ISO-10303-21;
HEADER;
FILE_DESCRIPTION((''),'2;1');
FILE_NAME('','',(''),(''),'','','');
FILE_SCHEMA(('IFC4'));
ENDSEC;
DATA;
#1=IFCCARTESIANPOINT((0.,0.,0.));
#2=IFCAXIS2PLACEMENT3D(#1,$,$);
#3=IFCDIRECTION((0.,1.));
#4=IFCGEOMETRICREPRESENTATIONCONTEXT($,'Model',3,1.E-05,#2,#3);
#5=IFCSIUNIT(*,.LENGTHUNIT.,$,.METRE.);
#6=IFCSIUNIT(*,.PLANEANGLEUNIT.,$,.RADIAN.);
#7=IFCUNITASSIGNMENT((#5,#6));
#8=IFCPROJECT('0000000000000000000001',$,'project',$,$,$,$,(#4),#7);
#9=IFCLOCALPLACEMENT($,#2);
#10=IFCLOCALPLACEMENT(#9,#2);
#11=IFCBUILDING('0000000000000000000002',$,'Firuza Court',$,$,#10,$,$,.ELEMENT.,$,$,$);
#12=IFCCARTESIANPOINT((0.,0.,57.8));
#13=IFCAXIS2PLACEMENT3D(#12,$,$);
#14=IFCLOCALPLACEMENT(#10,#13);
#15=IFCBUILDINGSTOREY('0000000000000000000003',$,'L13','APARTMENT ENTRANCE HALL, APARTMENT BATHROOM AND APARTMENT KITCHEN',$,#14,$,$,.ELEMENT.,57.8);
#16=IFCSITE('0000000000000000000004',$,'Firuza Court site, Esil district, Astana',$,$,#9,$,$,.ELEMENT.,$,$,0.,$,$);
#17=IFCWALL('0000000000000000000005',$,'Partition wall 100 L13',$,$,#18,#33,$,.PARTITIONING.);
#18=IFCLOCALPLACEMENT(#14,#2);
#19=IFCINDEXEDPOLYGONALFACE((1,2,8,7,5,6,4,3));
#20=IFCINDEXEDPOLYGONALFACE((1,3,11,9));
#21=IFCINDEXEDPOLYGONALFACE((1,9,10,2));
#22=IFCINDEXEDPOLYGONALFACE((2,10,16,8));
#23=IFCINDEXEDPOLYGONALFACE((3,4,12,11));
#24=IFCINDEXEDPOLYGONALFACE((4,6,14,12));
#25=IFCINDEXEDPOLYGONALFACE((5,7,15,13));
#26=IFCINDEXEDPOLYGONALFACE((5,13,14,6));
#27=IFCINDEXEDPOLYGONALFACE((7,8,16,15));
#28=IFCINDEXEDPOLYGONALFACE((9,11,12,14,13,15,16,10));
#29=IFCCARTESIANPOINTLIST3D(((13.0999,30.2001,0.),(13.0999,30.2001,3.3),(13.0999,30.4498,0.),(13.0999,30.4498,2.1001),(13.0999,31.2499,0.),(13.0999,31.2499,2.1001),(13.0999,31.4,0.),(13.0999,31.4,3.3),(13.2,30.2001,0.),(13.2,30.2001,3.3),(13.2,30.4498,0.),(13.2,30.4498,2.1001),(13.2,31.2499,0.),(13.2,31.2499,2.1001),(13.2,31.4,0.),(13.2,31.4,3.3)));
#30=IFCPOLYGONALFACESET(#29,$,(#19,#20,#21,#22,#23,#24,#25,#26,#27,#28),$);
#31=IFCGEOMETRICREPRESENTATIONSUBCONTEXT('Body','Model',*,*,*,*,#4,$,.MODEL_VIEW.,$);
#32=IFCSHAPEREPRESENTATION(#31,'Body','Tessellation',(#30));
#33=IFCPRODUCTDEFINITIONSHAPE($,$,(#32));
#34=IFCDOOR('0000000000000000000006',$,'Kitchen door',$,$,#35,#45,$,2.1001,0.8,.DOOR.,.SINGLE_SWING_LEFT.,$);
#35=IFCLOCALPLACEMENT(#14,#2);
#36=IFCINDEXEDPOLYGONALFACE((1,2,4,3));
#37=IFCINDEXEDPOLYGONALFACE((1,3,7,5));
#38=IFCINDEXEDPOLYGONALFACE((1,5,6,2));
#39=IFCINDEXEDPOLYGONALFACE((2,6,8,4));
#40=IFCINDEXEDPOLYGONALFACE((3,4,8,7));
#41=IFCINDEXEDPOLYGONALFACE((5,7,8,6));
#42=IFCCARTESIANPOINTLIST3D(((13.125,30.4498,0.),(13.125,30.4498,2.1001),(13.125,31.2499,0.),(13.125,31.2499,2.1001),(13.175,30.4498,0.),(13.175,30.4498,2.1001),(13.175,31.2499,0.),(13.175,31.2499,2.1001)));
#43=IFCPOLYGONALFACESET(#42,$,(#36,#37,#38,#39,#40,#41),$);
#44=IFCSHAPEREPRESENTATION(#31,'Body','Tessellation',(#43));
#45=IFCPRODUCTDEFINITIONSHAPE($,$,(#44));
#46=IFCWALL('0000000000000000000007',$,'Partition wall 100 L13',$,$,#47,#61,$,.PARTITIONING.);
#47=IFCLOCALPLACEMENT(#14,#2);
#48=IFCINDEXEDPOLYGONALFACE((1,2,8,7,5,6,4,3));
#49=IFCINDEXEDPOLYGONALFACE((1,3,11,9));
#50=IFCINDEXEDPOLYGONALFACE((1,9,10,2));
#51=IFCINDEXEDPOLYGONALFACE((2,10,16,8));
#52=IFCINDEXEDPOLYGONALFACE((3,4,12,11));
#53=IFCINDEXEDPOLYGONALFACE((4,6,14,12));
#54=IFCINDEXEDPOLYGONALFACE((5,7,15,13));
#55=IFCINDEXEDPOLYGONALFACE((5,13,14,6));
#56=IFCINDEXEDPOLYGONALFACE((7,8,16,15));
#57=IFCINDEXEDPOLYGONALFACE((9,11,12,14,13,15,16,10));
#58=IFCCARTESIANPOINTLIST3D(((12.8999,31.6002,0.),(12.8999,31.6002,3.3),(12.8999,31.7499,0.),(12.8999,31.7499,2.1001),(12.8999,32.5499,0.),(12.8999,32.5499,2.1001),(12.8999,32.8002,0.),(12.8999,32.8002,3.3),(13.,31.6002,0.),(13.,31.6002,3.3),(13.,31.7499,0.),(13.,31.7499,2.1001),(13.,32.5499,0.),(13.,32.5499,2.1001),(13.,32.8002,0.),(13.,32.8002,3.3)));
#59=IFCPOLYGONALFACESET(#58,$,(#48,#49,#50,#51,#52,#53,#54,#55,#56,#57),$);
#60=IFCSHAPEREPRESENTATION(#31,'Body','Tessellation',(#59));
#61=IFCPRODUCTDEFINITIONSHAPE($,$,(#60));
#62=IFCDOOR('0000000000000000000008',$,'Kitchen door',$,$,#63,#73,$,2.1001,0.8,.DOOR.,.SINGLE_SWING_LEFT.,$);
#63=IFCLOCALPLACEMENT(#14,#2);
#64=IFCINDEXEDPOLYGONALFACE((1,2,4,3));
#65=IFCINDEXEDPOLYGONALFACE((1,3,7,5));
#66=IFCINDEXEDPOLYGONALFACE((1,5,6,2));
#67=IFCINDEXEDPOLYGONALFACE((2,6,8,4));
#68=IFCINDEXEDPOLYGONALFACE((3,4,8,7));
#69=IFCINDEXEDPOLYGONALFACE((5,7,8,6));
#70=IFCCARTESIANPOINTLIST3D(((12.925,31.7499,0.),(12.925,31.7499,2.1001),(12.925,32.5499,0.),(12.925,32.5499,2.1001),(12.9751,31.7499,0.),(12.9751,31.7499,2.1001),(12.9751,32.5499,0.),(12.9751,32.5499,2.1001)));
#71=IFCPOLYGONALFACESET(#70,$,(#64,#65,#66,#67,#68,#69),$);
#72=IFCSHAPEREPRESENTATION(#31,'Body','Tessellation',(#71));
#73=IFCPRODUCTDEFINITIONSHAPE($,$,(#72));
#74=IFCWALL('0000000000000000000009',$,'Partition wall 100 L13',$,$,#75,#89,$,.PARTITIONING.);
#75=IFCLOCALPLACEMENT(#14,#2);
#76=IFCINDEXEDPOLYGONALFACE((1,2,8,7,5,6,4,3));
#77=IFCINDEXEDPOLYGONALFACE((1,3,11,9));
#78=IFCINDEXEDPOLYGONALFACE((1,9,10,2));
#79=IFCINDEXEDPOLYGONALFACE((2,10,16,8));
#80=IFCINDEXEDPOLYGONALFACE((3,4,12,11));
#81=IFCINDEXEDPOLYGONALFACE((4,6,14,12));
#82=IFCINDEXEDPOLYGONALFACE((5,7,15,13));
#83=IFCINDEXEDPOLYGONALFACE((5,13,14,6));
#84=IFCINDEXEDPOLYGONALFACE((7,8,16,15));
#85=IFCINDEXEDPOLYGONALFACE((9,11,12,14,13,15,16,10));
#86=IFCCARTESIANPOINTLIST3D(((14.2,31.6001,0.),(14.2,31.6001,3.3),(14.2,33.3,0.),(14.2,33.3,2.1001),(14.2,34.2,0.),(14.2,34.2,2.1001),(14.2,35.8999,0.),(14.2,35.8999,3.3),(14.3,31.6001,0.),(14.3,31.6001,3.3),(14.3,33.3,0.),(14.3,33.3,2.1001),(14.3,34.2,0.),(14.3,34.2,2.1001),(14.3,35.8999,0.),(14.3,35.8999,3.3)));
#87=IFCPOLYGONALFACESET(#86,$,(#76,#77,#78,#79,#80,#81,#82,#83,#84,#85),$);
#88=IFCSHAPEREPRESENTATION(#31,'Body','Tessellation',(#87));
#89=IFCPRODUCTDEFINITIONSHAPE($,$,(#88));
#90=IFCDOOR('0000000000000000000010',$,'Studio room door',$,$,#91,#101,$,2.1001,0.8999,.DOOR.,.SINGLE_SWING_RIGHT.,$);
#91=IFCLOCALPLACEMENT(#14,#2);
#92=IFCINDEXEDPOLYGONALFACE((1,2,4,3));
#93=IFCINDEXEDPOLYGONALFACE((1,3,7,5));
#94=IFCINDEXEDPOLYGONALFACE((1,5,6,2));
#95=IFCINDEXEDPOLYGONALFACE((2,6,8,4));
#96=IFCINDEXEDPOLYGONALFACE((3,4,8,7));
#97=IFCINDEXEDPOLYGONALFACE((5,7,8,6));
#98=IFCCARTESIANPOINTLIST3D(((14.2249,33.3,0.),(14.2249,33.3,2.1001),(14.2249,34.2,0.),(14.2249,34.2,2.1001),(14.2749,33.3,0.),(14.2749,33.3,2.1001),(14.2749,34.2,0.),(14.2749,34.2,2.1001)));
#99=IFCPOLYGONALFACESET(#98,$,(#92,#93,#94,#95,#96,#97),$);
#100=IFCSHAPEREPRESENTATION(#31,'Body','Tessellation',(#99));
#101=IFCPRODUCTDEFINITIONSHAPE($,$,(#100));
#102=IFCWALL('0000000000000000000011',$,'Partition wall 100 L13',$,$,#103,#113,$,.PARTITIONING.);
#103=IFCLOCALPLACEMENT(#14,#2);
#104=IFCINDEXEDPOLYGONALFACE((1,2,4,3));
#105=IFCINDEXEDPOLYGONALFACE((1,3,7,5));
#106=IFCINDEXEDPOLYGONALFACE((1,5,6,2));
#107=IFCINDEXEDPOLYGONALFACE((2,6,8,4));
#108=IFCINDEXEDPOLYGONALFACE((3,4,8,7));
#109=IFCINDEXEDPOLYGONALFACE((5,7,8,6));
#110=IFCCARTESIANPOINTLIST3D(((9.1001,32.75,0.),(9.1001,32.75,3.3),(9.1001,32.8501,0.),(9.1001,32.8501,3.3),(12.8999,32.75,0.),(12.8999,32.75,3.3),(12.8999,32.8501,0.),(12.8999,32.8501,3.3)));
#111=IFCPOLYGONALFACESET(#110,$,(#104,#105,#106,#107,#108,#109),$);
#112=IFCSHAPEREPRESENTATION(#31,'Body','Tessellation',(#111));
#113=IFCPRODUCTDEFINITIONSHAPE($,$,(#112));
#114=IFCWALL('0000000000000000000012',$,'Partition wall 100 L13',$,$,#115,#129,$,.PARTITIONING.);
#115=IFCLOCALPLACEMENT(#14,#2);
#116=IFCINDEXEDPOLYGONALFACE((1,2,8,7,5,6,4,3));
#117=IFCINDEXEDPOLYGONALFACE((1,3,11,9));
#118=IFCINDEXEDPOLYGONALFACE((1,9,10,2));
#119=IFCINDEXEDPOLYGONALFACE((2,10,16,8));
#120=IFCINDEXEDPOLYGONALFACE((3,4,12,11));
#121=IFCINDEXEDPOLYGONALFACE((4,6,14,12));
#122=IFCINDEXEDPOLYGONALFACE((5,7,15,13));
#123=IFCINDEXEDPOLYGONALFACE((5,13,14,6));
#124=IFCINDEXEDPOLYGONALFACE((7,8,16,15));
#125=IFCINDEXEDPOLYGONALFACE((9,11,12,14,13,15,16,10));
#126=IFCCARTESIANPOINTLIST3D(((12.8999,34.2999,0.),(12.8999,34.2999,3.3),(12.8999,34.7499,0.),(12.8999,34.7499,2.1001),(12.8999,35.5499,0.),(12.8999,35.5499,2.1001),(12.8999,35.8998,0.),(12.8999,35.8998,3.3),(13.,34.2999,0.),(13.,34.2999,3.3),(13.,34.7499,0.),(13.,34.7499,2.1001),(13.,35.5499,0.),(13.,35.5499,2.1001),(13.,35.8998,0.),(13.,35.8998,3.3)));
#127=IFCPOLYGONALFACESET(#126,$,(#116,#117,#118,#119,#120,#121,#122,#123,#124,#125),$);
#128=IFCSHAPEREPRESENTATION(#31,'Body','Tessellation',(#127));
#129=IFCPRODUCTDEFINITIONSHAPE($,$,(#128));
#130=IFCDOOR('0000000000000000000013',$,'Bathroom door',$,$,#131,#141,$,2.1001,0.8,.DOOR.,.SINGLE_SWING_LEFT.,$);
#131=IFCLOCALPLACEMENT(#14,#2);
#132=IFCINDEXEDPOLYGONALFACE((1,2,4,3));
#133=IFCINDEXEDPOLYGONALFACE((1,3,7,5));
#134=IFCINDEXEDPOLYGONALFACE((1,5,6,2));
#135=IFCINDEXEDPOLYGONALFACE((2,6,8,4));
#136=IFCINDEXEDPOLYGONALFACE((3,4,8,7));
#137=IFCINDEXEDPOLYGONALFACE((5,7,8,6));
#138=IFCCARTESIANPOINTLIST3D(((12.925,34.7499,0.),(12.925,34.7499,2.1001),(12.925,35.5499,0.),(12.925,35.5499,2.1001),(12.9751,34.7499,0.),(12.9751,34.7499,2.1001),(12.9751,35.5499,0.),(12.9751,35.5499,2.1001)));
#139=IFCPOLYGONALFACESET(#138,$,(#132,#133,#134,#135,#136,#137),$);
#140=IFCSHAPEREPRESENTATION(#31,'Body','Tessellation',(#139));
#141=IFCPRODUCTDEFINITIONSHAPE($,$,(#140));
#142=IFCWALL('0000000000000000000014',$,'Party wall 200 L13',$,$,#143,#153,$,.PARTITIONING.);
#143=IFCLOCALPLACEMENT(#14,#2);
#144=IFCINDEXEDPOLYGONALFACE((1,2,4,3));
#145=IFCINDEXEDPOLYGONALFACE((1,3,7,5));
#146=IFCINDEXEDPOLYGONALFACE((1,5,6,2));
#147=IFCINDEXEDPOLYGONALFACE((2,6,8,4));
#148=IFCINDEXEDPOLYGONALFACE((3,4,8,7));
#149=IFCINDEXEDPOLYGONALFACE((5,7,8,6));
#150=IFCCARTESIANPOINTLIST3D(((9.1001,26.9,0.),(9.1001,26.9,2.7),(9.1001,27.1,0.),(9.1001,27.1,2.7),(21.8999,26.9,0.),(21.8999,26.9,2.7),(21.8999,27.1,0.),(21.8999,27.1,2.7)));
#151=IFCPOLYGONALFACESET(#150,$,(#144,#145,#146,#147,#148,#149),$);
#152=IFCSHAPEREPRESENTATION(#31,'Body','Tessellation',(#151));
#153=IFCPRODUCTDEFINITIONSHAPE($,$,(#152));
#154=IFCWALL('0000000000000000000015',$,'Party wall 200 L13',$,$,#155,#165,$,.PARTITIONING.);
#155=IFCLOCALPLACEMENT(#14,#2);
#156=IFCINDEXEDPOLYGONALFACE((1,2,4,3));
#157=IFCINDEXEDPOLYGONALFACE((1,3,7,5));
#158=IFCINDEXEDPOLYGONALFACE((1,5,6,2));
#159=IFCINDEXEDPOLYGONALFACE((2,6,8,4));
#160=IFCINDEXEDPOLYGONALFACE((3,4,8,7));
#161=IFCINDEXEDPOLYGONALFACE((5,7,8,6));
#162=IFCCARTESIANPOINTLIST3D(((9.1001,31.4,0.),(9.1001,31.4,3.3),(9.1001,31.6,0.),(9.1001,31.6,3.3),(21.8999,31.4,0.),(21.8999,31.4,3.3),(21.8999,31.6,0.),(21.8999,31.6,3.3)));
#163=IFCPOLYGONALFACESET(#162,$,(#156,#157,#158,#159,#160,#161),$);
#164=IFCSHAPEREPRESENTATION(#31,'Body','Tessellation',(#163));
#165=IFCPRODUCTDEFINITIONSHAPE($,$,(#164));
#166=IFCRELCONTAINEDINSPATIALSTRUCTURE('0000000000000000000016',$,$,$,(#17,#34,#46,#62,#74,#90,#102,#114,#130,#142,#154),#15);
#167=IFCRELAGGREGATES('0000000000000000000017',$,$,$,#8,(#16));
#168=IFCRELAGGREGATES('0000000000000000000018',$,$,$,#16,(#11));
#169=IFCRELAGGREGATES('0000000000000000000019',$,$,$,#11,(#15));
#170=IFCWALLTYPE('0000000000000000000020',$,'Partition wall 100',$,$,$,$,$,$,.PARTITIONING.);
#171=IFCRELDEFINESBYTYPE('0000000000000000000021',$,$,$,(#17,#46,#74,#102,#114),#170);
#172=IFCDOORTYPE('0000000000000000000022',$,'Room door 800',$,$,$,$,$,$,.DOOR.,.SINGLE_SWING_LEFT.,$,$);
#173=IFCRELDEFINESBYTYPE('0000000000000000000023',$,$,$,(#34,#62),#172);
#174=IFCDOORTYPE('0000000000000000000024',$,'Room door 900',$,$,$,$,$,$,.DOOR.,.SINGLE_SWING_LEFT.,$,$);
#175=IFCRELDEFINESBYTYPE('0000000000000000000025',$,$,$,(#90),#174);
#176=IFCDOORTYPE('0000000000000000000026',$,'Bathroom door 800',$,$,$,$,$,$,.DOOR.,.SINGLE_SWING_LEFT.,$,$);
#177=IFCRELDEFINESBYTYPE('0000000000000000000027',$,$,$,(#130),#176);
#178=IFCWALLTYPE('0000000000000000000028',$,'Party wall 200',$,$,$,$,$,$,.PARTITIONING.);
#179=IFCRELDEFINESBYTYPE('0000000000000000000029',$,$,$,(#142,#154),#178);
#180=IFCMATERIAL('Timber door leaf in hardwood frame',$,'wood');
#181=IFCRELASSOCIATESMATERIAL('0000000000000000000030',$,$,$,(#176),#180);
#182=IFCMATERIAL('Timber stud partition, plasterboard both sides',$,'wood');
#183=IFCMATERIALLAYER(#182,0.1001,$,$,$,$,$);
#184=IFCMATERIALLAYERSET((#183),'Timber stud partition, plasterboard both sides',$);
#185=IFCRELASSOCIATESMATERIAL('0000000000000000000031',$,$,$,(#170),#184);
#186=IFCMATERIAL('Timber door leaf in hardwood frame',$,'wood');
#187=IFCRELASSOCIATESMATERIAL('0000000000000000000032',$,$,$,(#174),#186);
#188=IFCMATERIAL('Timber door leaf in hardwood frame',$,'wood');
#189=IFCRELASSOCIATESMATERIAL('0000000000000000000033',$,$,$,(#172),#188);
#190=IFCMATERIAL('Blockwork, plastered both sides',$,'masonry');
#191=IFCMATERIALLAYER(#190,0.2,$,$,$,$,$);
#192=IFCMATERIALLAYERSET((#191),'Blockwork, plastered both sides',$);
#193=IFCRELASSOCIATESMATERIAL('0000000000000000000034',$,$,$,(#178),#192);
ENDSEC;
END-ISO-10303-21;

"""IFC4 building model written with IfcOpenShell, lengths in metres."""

from ifc_helpers import new_model, si_unit, direction, frame, frame_2d, origin, place, context, subcontext, project, spatial, rectangle, extrude, material, layer, layer_set, type_object, element, fill, save


model = new_model("IFC4")

# Units and contexts
model_context = context("Model", 3, precision=1e-05, world=origin(), true_north=direction((0.0, 1.0)))
body_context = subcontext(model_context, "Body", "Model", "MODEL_VIEW")
ifc_project = project(units=[si_unit("LENGTHUNIT", "METRE"), si_unit("PLANEANGLEUNIT", "RADIAN")], contexts=[model_context])

# Site, building, storey
site_placement = place(None, origin())
site = spatial("IfcSite", under=ifc_project, at=site_placement, Name="Firuza Court site, Esil district, Astana", CompositionType="ELEMENT", RefElevation=0.0)
building_placement = place(site_placement, origin())
building = spatial("IfcBuilding", under=site, at=building_placement, Name="Firuza Court", CompositionType="ELEMENT")
storey_placement = place(building_placement, frame((0.0, 0.0, 57.8)))
storey = spatial("IfcBuildingStorey", under=building, at=storey_placement, Name="L13", Description="APARTMENT ENTRANCE HALL, APARTMENT BATHROOM AND APARTMENT KITCHEN", CompositionType="ELEMENT", Elevation=57.8)

# Shared definitions
ifc_material_1 = material(Name="Timber door leaf in hardwood frame", Category="wood")
door_type_1 = type_object("IfcDoorType", Name="Bathroom door 800", OperationType="SINGLE_SWING_LEFT", PredefinedType="DOOR", material=ifc_material_1)

# Shared definitions
ifc_material_2 = material(Name="Timber stud partition, plasterboard both sides", Category="wood")
ifc_layer_1 = layer(ifc_material_2, 0.1001)
ifc_layer_set_1 = layer_set([ifc_layer_1], Name="Timber stud partition, plasterboard both sides")
wall_type_1 = type_object("IfcWallType", Name="Partition wall 100", PredefinedType="PARTITIONING", material=ifc_layer_set_1)
ifc_material_3 = material(Name="Timber door leaf in hardwood frame", Category="wood")
door_type_2 = type_object("IfcDoorType", Name="Room door 900", OperationType="SINGLE_SWING_LEFT", PredefinedType="DOOR", material=ifc_material_3)

# Walls, openings, doors
wall_1_placement = place(storey_placement, frame((13.1499, 30.2, 0.0), z_axis=(0.0, 0.0, 1.0), x_axis=(0.0, 1.0, 0.0)))
wall_1 = element("IfcWall", 1, at=wall_1_placement, inside=storey, type_object=wall_type_1, Name="Partition wall 100 L13", PredefinedType="PARTITIONING", context=body_context, shape_type="SweptSolid", body=[
    extrude(rectangle(XDim=1.2, YDim=0.1001, at=frame_2d((0.6001, 0.0))), origin(), (0.0, 0.0, 1.0), 3.3),
])
opening_1_placement = place(wall_1_placement, frame((0.25, 0.0, 0.0)))
opening_1 = element("IfcOpeningElement", 2, at=opening_1_placement, cuts=wall_1, PredefinedType="OPENING", context=body_context, shape_type="SweptSolid", body=[
    extrude(rectangle(XDim=0.8, YDim=2.1001, at=frame_2d((0.3999, 1.05))), frame((0.0, 0.062, 0.0), z_axis=(0.0, -1.0, 0.0), x_axis=(1.0, 0.0, 0.0)), (0.0, 0.0, 1.0), 0.124),
])
ifc_material_4 = material(Name="Timber door leaf in hardwood frame", Category="wood")
door_type_3 = type_object("IfcDoorType", Name="Room door 800", OperationType="SINGLE_SWING_LEFT", PredefinedType="DOOR", material=ifc_material_4)
door_1_placement = place(opening_1_placement, origin())
door_1 = element("IfcDoor", 3, at=door_1_placement, inside=storey, type_object=door_type_3, Name="Kitchen door", OperationType="SINGLE_SWING_LEFT", OverallHeight=2.1001, OverallWidth=0.8, PredefinedType="DOOR", context=body_context, shape_type="SweptSolid", body=[
    extrude(rectangle(XDim=0.8, YDim=2.1001, at=frame_2d((0.3999, 1.05))), frame((0.0, 0.0249, 0.0), z_axis=(0.0, -1.0, 0.0), x_axis=(1.0, 0.0, 0.0)), (0.0, 0.0, 1.0), 0.05),
])
fill(opening_1, door_1)
wall_2_placement = place(storey_placement, frame((12.95, 31.6001, 0.0), z_axis=(0.0, 0.0, 1.0), x_axis=(0.0, 1.0, 0.0)))
wall_2 = element("IfcWall", 4, at=wall_2_placement, inside=storey, type_object=wall_type_1, Name="Partition wall 100 L13", PredefinedType="PARTITIONING", context=body_context, shape_type="SweptSolid", body=[
    extrude(rectangle(XDim=1.2, YDim=0.1001, at=frame_2d((0.6001, 0.0))), origin(), (0.0, 0.0, 1.0), 3.3),
])
opening_2_placement = place(wall_2_placement, frame((0.1499, 0.0, 0.0)))
opening_2 = element("IfcOpeningElement", 5, at=opening_2_placement, cuts=wall_2, PredefinedType="OPENING", context=body_context, shape_type="SweptSolid", body=[
    extrude(rectangle(XDim=0.8, YDim=2.1001, at=frame_2d((0.3999, 1.05))), frame((0.0, 0.062, 0.0), z_axis=(0.0, -1.0, 0.0), x_axis=(1.0, 0.0, 0.0)), (0.0, 0.0, 1.0), 0.124),
])
door_2_placement = place(opening_2_placement, origin())
door_2 = element("IfcDoor", 6, at=door_2_placement, inside=storey, type_object=door_type_3, Name="Kitchen door", OperationType="SINGLE_SWING_LEFT", OverallHeight=2.1001, OverallWidth=0.8, PredefinedType="DOOR", context=body_context, shape_type="SweptSolid", body=[
    extrude(rectangle(XDim=0.8, YDim=2.1001, at=frame_2d((0.3999, 1.05))), frame((0.0, 0.0249, 0.0), z_axis=(0.0, -1.0, 0.0), x_axis=(1.0, 0.0, 0.0)), (0.0, 0.0, 1.0), 0.05),
])
fill(opening_2, door_2)
wall_3_placement = place(storey_placement, frame((14.25, 31.6001, 0.0), z_axis=(0.0, 0.0, 1.0), x_axis=(0.0, 1.0, 0.0)))
wall_3 = element("IfcWall", 7, at=wall_3_placement, inside=storey, type_object=wall_type_1, Name="Partition wall 100 L13", PredefinedType="PARTITIONING", context=body_context, shape_type="SweptSolid", body=[
    extrude(rectangle(XDim=4.2998, YDim=0.1001, at=frame_2d((2.1499, 0.0))), origin(), (0.0, 0.0, 1.0), 3.3),
])
opening_3_placement = place(wall_3_placement, frame((1.7, 0.0, 0.0)))
opening_3 = element("IfcOpeningElement", 8, at=opening_3_placement, cuts=wall_3, PredefinedType="OPENING", context=body_context, shape_type="SweptSolid", body=[
    extrude(rectangle(XDim=0.8999, YDim=2.1001, at=frame_2d((0.45, 1.05))), frame((0.0, 0.062, 0.0), z_axis=(0.0, -1.0, 0.0), x_axis=(1.0, 0.0, 0.0)), (0.0, 0.0, 1.0), 0.124),
])
door_3_placement = place(opening_3_placement, frame((0.8999, 0.0, 0.0), z_axis=(0.0, 0.0, 1.0), x_axis=(-1.0, 0.0, 0.0)))
door_3 = element("IfcDoor", 9, at=door_3_placement, inside=storey, type_object=door_type_2, Name="Studio room door", OperationType="SINGLE_SWING_RIGHT", OverallHeight=2.1001, OverallWidth=0.8999, PredefinedType="DOOR", context=body_context, shape_type="SweptSolid", body=[
    extrude(rectangle(XDim=0.8999, YDim=2.1001, at=frame_2d((0.45, 1.05))), frame((0.0, 0.0249, 0.0), z_axis=(0.0, -1.0, 0.0), x_axis=(1.0, 0.0, 0.0)), (0.0, 0.0, 1.0), 0.05),
])
fill(opening_3, door_3)

# Wall
wall_4_placement = place(storey_placement, frame((9.1001, 32.8, 0.0), z_axis=(0.0, 0.0, 1.0), x_axis=(1.0, 0.0, 0.0)))
element("IfcWall", 10, at=wall_4_placement, inside=storey, type_object=wall_type_1, Name="Partition wall 100 L13", PredefinedType="PARTITIONING", context=body_context, shape_type="SweptSolid", body=[
    extrude(rectangle(XDim=3.7998, YDim=0.1001, at=frame_2d((1.8999, 0.0))), origin(), (0.0, 0.0, 1.0), 3.3),
])

# Wall, opening, door
wall_5_placement = place(storey_placement, frame((12.95, 34.3, 0.0), z_axis=(0.0, 0.0, 1.0), x_axis=(0.0, 1.0, 0.0)))
wall_5 = element("IfcWall", 11, at=wall_5_placement, inside=storey, type_object=wall_type_1, Name="Partition wall 100 L13", PredefinedType="PARTITIONING", context=body_context, shape_type="SweptSolid", body=[
    extrude(rectangle(XDim=1.5999, YDim=0.1001, at=frame_2d((0.7998, 0.0))), origin(), (0.0, 0.0, 1.0), 3.3),
])
opening_4_placement = place(wall_5_placement, frame((0.45, 0.0, 0.0)))
opening_4 = element("IfcOpeningElement", 12, at=opening_4_placement, cuts=wall_5, PredefinedType="OPENING", context=body_context, shape_type="SweptSolid", body=[
    extrude(rectangle(XDim=0.8, YDim=2.1001, at=frame_2d((0.3999, 1.05))), frame((0.0, 0.062, 0.0), z_axis=(0.0, -1.0, 0.0), x_axis=(1.0, 0.0, 0.0)), (0.0, 0.0, 1.0), 0.124),
])
door_4_placement = place(opening_4_placement, origin())
door_4 = element("IfcDoor", 13, at=door_4_placement, inside=storey, type_object=door_type_1, Name="Bathroom door", OperationType="SINGLE_SWING_LEFT", OverallHeight=2.1001, OverallWidth=0.8, PredefinedType="DOOR", context=body_context, shape_type="SweptSolid", body=[
    extrude(rectangle(XDim=0.8, YDim=2.1001, at=frame_2d((0.3999, 1.05))), frame((0.0, 0.0249, 0.0), z_axis=(0.0, -1.0, 0.0), x_axis=(1.0, 0.0, 0.0)), (0.0, 0.0, 1.0), 0.05),
])
fill(opening_4, door_4)

# Walls
ifc_material_5 = material(Name="Blockwork, plastered both sides", Category="masonry")
ifc_layer_2 = layer(ifc_material_5, 0.2)
ifc_layer_set_2 = layer_set([ifc_layer_2], Name="Blockwork, plastered both sides")
wall_type_2 = type_object("IfcWallType", Name="Party wall 200", PredefinedType="PARTITIONING", material=ifc_layer_set_2)
wall_6_placement = place(storey_placement, frame((9.1001, 27.0, 0.0), z_axis=(0.0, 0.0, 1.0), x_axis=(1.0, 0.0, 0.0)))
element("IfcWall", 14, at=wall_6_placement, inside=storey, type_object=wall_type_2, Name="Party wall 200 L13", PredefinedType="PARTITIONING", context=body_context, shape_type="SweptSolid", body=[
    extrude(rectangle(XDim=12.7998, YDim=0.2, at=frame_2d((6.3999, 0.0))), origin(), (0.0, 0.0, 1.0), 2.7),
])
wall_7_placement = place(storey_placement, frame((9.1001, 31.5, 0.0), z_axis=(0.0, 0.0, 1.0), x_axis=(1.0, 0.0, 0.0)))
element("IfcWall", 15, at=wall_7_placement, inside=storey, type_object=wall_type_2, Name="Party wall 200 L13", PredefinedType="PARTITIONING", context=body_context, shape_type="SweptSolid", body=[
    extrude(rectangle(XDim=12.7998, YDim=0.2, at=frame_2d((6.3999, 0.0))), origin(), (0.0, 0.0, 1.0), 3.3),
])

save(model, "model.ifc")
